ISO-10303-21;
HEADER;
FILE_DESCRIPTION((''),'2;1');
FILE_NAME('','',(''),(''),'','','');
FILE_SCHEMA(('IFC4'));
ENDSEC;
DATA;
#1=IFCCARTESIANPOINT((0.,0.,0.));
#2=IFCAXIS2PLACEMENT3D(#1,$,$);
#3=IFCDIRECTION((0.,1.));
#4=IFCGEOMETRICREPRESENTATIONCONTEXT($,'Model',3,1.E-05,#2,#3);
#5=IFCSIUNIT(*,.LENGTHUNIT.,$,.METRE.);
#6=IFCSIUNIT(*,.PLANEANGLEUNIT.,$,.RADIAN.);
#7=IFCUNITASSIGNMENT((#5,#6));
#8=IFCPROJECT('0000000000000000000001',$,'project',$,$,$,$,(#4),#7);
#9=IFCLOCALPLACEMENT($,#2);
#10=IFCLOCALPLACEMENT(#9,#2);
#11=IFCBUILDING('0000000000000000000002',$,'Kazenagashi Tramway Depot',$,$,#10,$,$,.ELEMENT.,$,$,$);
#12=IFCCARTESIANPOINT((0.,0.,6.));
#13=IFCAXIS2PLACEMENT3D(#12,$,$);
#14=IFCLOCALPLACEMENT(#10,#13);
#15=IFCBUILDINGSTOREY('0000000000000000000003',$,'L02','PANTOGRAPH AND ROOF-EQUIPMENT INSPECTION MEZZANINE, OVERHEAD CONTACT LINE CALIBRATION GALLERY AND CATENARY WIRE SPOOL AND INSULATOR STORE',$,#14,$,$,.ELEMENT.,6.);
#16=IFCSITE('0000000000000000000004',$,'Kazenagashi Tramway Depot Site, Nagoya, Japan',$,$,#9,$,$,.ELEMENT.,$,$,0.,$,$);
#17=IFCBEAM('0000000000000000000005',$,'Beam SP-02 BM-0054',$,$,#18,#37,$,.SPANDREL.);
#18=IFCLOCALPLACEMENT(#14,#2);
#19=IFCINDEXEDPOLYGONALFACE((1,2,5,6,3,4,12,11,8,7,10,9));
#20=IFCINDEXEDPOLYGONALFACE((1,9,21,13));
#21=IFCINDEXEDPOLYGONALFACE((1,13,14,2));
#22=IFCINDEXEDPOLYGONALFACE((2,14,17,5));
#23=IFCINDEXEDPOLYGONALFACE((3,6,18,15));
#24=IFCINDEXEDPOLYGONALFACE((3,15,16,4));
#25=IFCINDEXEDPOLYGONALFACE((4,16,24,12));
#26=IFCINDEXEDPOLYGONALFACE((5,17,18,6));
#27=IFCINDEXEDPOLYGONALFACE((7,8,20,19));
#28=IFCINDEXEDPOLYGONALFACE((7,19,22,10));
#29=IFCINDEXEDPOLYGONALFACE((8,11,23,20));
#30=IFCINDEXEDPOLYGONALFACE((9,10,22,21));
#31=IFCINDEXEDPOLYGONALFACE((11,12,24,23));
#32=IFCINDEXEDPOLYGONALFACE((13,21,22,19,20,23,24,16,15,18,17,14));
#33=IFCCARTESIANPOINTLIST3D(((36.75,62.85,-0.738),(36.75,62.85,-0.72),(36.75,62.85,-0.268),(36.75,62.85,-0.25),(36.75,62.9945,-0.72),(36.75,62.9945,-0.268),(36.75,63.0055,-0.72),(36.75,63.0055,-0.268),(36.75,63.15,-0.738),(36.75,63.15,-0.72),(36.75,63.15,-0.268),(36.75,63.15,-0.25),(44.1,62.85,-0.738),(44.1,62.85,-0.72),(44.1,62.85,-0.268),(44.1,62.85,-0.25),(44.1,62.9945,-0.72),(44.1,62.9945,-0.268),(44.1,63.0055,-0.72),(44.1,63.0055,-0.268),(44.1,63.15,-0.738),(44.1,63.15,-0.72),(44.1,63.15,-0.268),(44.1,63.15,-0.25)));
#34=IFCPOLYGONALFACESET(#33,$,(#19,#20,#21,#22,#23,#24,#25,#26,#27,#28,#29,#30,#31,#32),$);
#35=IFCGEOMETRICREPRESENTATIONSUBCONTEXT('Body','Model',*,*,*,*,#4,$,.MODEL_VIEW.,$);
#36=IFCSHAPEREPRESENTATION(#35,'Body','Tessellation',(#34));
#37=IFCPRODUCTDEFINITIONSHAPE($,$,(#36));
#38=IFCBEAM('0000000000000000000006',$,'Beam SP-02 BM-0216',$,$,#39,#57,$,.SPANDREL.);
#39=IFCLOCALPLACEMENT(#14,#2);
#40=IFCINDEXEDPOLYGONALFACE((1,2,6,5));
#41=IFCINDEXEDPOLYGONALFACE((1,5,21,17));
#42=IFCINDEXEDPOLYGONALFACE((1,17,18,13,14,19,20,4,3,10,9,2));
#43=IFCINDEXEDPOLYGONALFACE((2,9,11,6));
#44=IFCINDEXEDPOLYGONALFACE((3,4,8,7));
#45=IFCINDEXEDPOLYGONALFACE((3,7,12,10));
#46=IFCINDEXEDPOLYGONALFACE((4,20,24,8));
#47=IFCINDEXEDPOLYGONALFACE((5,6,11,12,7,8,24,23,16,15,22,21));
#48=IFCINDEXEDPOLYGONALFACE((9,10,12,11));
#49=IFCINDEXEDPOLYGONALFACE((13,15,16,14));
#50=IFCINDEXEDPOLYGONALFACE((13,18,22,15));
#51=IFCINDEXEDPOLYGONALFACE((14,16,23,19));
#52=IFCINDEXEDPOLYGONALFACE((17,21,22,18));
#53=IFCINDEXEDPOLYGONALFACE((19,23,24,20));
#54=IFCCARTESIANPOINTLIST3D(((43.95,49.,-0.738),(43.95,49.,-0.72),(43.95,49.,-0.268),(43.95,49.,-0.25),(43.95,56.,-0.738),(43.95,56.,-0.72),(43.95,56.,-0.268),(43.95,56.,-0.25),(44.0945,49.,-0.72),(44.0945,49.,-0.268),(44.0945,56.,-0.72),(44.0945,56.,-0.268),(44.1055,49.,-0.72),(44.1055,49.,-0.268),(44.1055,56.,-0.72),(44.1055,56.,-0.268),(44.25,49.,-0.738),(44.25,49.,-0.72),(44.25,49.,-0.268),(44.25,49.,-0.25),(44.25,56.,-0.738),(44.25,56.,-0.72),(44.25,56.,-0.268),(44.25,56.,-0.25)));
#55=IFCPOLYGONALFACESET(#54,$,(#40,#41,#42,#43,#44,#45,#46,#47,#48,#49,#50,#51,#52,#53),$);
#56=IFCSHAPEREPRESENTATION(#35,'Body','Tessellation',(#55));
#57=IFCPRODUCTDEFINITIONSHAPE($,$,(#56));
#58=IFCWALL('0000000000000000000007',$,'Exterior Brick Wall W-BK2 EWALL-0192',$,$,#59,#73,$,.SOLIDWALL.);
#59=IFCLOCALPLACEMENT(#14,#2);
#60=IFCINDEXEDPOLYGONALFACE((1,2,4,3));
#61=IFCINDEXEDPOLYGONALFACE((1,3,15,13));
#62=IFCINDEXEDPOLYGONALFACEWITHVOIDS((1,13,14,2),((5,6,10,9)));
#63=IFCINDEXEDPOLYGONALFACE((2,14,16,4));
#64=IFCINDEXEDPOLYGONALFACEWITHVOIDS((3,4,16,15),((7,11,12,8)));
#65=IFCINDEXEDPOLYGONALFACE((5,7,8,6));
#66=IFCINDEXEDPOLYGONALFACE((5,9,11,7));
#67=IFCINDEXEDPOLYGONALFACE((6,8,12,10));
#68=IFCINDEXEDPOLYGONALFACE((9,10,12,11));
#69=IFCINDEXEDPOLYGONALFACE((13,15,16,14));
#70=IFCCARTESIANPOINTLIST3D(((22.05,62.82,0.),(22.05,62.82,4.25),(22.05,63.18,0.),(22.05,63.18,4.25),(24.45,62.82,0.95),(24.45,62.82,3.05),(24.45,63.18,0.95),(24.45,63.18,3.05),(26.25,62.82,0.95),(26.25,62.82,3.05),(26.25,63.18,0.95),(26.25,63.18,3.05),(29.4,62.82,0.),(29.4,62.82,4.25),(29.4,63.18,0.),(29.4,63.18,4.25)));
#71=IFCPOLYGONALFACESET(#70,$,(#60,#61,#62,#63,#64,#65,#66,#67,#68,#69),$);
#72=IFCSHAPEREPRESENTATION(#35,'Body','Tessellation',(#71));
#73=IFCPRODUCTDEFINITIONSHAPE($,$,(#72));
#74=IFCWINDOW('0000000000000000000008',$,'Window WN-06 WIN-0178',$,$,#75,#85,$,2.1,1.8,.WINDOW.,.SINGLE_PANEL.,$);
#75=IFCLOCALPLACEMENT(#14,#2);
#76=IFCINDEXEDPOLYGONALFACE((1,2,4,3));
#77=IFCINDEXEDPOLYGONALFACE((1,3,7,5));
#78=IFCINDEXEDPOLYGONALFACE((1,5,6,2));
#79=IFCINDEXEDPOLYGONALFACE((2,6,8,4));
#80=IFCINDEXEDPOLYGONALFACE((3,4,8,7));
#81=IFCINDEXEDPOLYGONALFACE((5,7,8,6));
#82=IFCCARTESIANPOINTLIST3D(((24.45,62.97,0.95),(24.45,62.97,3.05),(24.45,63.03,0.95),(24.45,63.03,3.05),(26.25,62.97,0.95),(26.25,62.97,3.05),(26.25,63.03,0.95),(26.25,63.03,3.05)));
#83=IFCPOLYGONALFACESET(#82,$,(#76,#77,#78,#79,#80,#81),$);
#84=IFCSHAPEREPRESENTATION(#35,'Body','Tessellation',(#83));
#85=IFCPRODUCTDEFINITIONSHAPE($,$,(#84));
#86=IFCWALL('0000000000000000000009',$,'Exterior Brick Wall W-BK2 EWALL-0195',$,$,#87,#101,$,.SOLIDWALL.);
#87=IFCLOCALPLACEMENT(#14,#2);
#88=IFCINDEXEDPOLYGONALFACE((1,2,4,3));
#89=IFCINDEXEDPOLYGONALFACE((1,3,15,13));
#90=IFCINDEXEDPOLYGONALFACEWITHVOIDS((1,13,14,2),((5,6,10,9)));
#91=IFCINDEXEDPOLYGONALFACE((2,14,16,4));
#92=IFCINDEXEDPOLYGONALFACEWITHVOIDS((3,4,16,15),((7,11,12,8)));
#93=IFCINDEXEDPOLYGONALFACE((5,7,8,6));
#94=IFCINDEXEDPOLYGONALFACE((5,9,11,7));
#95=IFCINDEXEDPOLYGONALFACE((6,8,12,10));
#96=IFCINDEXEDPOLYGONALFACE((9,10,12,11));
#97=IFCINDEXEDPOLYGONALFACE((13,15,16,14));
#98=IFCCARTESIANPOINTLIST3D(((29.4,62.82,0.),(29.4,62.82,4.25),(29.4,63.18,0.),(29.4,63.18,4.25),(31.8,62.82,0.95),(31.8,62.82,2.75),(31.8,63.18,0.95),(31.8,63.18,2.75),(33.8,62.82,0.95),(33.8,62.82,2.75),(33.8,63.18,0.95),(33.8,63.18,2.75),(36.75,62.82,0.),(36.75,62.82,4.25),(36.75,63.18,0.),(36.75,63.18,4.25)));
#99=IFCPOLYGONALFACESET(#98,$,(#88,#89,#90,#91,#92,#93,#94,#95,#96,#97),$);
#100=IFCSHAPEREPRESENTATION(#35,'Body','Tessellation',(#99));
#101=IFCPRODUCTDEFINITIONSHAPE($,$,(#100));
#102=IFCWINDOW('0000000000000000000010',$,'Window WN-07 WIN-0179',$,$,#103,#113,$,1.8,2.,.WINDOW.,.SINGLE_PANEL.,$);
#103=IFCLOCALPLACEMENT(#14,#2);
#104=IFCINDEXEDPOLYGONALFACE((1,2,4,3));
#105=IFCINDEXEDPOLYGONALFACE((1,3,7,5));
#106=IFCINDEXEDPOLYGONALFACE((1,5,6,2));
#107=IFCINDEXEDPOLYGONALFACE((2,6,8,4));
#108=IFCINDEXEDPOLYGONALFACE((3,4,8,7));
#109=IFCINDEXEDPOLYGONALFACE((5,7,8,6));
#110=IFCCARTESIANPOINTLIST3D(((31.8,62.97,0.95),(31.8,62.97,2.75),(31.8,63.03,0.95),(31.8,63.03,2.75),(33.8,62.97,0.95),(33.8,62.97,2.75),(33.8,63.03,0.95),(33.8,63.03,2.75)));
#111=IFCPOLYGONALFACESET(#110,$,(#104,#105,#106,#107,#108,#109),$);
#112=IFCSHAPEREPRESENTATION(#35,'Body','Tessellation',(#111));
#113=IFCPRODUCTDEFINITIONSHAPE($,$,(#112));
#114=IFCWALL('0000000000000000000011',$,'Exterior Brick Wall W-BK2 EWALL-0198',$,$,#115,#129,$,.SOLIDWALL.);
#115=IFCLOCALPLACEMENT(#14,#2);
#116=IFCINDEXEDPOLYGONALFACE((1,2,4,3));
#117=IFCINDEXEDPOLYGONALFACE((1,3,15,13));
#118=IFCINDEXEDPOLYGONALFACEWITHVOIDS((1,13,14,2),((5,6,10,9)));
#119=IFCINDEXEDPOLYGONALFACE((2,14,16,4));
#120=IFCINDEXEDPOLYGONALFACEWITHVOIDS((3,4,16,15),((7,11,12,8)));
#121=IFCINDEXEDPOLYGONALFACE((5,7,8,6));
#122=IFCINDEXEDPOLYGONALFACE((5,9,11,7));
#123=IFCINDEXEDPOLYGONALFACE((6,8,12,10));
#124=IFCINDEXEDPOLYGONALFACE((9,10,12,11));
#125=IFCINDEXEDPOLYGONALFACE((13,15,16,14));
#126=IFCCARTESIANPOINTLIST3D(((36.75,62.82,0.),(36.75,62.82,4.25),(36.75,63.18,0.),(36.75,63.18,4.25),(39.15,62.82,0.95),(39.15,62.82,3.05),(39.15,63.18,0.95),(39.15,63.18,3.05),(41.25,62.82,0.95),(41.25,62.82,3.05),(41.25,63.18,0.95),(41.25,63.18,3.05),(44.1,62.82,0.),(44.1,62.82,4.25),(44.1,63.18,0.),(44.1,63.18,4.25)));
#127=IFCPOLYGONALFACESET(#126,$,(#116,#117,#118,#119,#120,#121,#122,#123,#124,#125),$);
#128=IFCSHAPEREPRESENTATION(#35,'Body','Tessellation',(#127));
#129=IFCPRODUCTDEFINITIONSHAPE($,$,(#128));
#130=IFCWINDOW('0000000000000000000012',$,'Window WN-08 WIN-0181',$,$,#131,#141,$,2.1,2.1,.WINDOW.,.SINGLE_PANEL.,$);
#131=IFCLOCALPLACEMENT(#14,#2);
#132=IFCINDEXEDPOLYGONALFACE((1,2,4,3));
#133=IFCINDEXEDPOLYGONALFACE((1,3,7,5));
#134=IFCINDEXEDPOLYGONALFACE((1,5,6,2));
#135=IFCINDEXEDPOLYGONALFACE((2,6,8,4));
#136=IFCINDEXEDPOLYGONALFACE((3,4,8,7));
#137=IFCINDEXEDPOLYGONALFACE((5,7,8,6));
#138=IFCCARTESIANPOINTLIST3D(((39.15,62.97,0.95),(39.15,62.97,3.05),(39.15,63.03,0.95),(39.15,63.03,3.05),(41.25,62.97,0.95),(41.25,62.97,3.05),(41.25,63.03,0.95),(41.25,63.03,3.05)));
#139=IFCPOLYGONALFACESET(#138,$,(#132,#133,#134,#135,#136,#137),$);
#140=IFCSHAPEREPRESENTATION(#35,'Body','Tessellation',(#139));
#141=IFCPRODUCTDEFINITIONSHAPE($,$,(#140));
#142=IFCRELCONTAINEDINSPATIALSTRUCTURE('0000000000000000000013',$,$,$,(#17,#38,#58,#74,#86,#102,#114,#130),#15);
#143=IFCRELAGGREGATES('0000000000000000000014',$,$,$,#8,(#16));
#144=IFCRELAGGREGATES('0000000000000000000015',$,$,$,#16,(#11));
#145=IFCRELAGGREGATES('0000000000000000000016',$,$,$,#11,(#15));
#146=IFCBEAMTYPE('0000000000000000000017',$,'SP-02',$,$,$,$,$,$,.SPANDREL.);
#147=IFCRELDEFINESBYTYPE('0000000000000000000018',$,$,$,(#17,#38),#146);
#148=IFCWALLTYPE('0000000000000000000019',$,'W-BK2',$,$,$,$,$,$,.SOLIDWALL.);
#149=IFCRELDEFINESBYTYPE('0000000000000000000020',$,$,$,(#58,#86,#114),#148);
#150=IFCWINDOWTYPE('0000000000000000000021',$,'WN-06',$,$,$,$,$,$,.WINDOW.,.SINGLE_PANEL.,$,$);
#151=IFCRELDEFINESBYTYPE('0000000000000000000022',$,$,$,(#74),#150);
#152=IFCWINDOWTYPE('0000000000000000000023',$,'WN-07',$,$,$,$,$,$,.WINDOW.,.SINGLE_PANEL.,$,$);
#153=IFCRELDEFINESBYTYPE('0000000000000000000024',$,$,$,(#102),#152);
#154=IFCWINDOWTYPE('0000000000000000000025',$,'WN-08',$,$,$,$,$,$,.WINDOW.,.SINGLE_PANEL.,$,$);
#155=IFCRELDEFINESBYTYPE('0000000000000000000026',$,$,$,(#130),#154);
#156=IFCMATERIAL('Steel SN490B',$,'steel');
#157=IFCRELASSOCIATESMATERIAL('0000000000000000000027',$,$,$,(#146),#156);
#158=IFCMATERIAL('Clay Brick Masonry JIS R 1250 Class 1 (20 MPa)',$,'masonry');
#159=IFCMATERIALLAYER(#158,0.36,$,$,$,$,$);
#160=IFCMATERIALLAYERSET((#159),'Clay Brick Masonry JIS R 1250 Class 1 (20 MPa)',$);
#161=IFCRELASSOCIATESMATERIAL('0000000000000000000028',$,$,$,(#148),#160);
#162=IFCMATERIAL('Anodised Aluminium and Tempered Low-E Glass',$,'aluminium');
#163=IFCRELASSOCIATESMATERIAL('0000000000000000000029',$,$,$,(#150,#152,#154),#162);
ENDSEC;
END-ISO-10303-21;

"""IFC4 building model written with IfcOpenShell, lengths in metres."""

from ifc_helpers import new_model, si_unit, direction, frame, frame_2d, origin, origin_2d, place, context, subcontext, project, spatial, rectangle, i_section, extrude, material, layer, layer_set, material_profile, profile_set, type_object, element, fill, save


model = new_model("IFC4")

# Units and contexts
model_context = context("Model", 3, precision=1e-05, world=origin(), true_north=direction((0.0, 1.0)))
body_context = subcontext(model_context, "Body", "Model", "MODEL_VIEW")
ifc_project = project(units=[si_unit("LENGTHUNIT", "METRE"), si_unit("PLANEANGLEUNIT", "RADIAN")], contexts=[model_context])

# Site, building, storey
site_placement = place(None, origin())
site = spatial("IfcSite", under=ifc_project, at=site_placement, Name="Kazenagashi Tramway Depot Site, Nagoya, Japan", CompositionType="ELEMENT", RefElevation=0.0)
building_placement = place(site_placement, origin())
building = spatial("IfcBuilding", under=site, at=building_placement, Name="Kazenagashi Tramway Depot", CompositionType="ELEMENT")
storey_placement = place(building_placement, frame((0.0, 0.0, 6.0)))
storey = spatial("IfcBuildingStorey", under=building, at=storey_placement, Name="L02", Description="PANTOGRAPH AND ROOF-EQUIPMENT INSPECTION MEZZANINE, OVERHEAD CONTACT LINE CALIBRATION GALLERY AND CATENARY WIRE SPOOL AND INSULATOR STORE", CompositionType="ELEMENT", Elevation=6.0)

# Shared definitions
ifc_material_1 = material(Name="Steel SN490B", Category="steel")

# Beams
ifc_material_profile_1 = material_profile(ifc_material_1, i_section(OverallWidth=0.3, OverallDepth=0.488, WebThickness=0.011, FlangeThickness=0.018, at=origin_2d()), Name="H-488x300x11x18")
ifc_profile_set_1 = profile_set([ifc_material_profile_1], Name="Steel SN490B")
beam_type_1 = type_object("IfcBeamType", Name="SP-02", PredefinedType="SPANDREL", material=ifc_profile_set_1)
for number, where, z_axis, x_axis, name in (
    (1, (36.75, 63.0, -0.494), (1.0, 0.0, 0.0), (0.0, 1.0, 0.0), "Beam SP-02 BM-0054"),
):
    element("IfcBeam", number, at=place(storey_placement, frame(where, z_axis=z_axis, x_axis=x_axis)), inside=storey, type_object=beam_type_1, Name=name, PredefinedType="SPANDREL", context=body_context, shape_type="SweptSolid", body=[
        extrude(i_section(OverallWidth=0.3, OverallDepth=0.488, WebThickness=0.011, FlangeThickness=0.018, at=origin_2d()), origin(), (0.0, 0.0, 1.0), 7.35),
    ])
beam_placement = place(storey_placement, frame((44.1, 49.0, -0.494), z_axis=(0.0, 1.0, 0.0), x_axis=(-1.0, 0.0, 0.0)))
element("IfcBeam", 2, at=beam_placement, inside=storey, type_object=beam_type_1, Name="Beam SP-02 BM-0216", PredefinedType="SPANDREL", context=body_context, shape_type="SweptSolid", body=[
    extrude(i_section(OverallWidth=0.3, OverallDepth=0.488, WebThickness=0.011, FlangeThickness=0.018, at=origin_2d()), origin(), (0.0, 0.0, 1.0), 7.0),
])

# Walls, openings, windows
ifc_material_2 = material(Name="Clay Brick Masonry JIS R 1250 Class 1 (20 MPa)", Category="masonry")
ifc_layer = layer(ifc_material_2, 0.36)
ifc_layer_set = layer_set([ifc_layer], Name="Clay Brick Masonry JIS R 1250 Class 1 (20 MPa)")
wall_type = type_object("IfcWallType", Name="W-BK2", PredefinedType="SOLIDWALL", material=ifc_layer_set)
wall_1_placement = place(storey_placement, frame((22.05, 63.0, 0.0), z_axis=(0.0, 0.0, 1.0), x_axis=(1.0, 0.0, 0.0)))
wall_1 = element("IfcWall", 3, at=wall_1_placement, inside=storey, type_object=wall_type, Name="Exterior Brick Wall W-BK2 EWALL-0192", PredefinedType="SOLIDWALL", context=body_context, shape_type="SweptSolid", body=[
    extrude(rectangle(XDim=7.35, YDim=0.36, at=frame_2d((3.675, 0.0))), origin(), (0.0, 0.0, 1.0), 4.25),
])
opening_1_placement = place(wall_1_placement, frame((2.4, 0.0, 0.95)))
opening_1 = element("IfcOpeningElement", 4, at=opening_1_placement, cuts=wall_1, PredefinedType="OPENING", context=body_context, shape_type="SweptSolid", body=[
    extrude(rectangle(XDim=1.8, YDim=2.1, at=frame_2d((0.9, 1.05))), frame((0.0, 0.19, 0.0), z_axis=(0.0, -1.0, 0.0), x_axis=(1.0, 0.0, 0.0)), (0.0, 0.0, 1.0), 0.38),
])
ifc_material_3 = material(Name="Anodised Aluminium and Tempered Low-E Glass", Category="aluminium")
window_type_1 = type_object("IfcWindowType", Name="WN-06", PartitioningType="SINGLE_PANEL", PredefinedType="WINDOW", material=ifc_material_3)
window_1_placement = place(opening_1_placement, origin())
window_1 = element("IfcWindow", 5, at=window_1_placement, inside=storey, type_object=window_type_1, Name="Window WN-06 WIN-0178", OverallHeight=2.1, OverallWidth=1.8, PartitioningType="SINGLE_PANEL", PredefinedType="WINDOW", context=body_context, shape_type="SweptSolid", body=[
    extrude(rectangle(XDim=1.8, YDim=2.1, at=frame_2d((0.9, 1.05))), frame((0.0, 0.03, 0.0), z_axis=(0.0, -1.0, 0.0), x_axis=(1.0, 0.0, 0.0)), (0.0, 0.0, 1.0), 0.06),
])
fill(opening_1, window_1)
wall_2_placement = place(storey_placement, frame((29.4, 63.0, 0.0), z_axis=(0.0, 0.0, 1.0), x_axis=(1.0, 0.0, 0.0)))
wall_2 = element("IfcWall", 6, at=wall_2_placement, inside=storey, type_object=wall_type, Name="Exterior Brick Wall W-BK2 EWALL-0195", PredefinedType="SOLIDWALL", context=body_context, shape_type="SweptSolid", body=[
    extrude(rectangle(XDim=7.35, YDim=0.36, at=frame_2d((3.675, 0.0))), origin(), (0.0, 0.0, 1.0), 4.25),
])
opening_2_placement = place(wall_2_placement, frame((2.4, 0.0, 0.95)))
opening_2 = element("IfcOpeningElement", 7, at=opening_2_placement, cuts=wall_2, PredefinedType="OPENING", context=body_context, shape_type="SweptSolid", body=[
    extrude(rectangle(XDim=2.0, YDim=1.8, at=frame_2d((1.0, 0.9))), frame((0.0, 0.19, 0.0), z_axis=(0.0, -1.0, 0.0), x_axis=(1.0, 0.0, 0.0)), (0.0, 0.0, 1.0), 0.38),
])
window_type_2 = type_object("IfcWindowType", Name="WN-07", PartitioningType="SINGLE_PANEL", PredefinedType="WINDOW", material=ifc_material_3)
window_2_placement = place(opening_2_placement, origin())
window_2 = element("IfcWindow", 8, at=window_2_placement, inside=storey, type_object=window_type_2, Name="Window WN-07 WIN-0179", OverallHeight=1.8, OverallWidth=2.0, PartitioningType="SINGLE_PANEL", PredefinedType="WINDOW", context=body_context, shape_type="SweptSolid", body=[
    extrude(rectangle(XDim=2.0, YDim=1.8, at=frame_2d((1.0, 0.9))), frame((0.0, 0.03, 0.0), z_axis=(0.0, -1.0, 0.0), x_axis=(1.0, 0.0, 0.0)), (0.0, 0.0, 1.0), 0.06),
])
fill(opening_2, window_2)
wall_3_placement = place(storey_placement, frame((36.75, 63.0, 0.0), z_axis=(0.0, 0.0, 1.0), x_axis=(1.0, 0.0, 0.0)))
wall_3 = element("IfcWall", 9, at=wall_3_placement, inside=storey, type_object=wall_type, Name="Exterior Brick Wall W-BK2 EWALL-0198", PredefinedType="SOLIDWALL", context=body_context, shape_type="SweptSolid", body=[
    extrude(rectangle(XDim=7.35, YDim=0.36, at=frame_2d((3.675, 0.0))), origin(), (0.0, 0.0, 1.0), 4.25),
])
opening_3_placement = place(wall_3_placement, frame((2.4, 0.0, 0.95)))
opening_3 = element("IfcOpeningElement", 10, at=opening_3_placement, cuts=wall_3, PredefinedType="OPENING", context=body_context, shape_type="SweptSolid", body=[
    extrude(rectangle(XDim=2.1, YDim=2.1, at=frame_2d((1.05, 1.05))), frame((0.0, 0.19, 0.0), z_axis=(0.0, -1.0, 0.0), x_axis=(1.0, 0.0, 0.0)), (0.0, 0.0, 1.0), 0.38),
])
window_type_3 = type_object("IfcWindowType", Name="WN-08", PartitioningType="SINGLE_PANEL", PredefinedType="WINDOW", material=ifc_material_3)
window_3_placement = place(opening_3_placement, origin())
window_3 = element("IfcWindow", 11, at=window_3_placement, inside=storey, type_object=window_type_3, Name="Window WN-08 WIN-0181", OverallHeight=2.1, OverallWidth=2.1, PartitioningType="SINGLE_PANEL", PredefinedType="WINDOW", context=body_context, shape_type="SweptSolid", body=[
    extrude(rectangle(XDim=2.1, YDim=2.1, at=frame_2d((1.05, 1.05))), frame((0.0, 0.03, 0.0), z_axis=(0.0, -1.0, 0.0), x_axis=(1.0, 0.0, 0.0)), (0.0, 0.0, 1.0), 0.06),
])
fill(opening_3, window_3)

save(model, "model.ifc")
